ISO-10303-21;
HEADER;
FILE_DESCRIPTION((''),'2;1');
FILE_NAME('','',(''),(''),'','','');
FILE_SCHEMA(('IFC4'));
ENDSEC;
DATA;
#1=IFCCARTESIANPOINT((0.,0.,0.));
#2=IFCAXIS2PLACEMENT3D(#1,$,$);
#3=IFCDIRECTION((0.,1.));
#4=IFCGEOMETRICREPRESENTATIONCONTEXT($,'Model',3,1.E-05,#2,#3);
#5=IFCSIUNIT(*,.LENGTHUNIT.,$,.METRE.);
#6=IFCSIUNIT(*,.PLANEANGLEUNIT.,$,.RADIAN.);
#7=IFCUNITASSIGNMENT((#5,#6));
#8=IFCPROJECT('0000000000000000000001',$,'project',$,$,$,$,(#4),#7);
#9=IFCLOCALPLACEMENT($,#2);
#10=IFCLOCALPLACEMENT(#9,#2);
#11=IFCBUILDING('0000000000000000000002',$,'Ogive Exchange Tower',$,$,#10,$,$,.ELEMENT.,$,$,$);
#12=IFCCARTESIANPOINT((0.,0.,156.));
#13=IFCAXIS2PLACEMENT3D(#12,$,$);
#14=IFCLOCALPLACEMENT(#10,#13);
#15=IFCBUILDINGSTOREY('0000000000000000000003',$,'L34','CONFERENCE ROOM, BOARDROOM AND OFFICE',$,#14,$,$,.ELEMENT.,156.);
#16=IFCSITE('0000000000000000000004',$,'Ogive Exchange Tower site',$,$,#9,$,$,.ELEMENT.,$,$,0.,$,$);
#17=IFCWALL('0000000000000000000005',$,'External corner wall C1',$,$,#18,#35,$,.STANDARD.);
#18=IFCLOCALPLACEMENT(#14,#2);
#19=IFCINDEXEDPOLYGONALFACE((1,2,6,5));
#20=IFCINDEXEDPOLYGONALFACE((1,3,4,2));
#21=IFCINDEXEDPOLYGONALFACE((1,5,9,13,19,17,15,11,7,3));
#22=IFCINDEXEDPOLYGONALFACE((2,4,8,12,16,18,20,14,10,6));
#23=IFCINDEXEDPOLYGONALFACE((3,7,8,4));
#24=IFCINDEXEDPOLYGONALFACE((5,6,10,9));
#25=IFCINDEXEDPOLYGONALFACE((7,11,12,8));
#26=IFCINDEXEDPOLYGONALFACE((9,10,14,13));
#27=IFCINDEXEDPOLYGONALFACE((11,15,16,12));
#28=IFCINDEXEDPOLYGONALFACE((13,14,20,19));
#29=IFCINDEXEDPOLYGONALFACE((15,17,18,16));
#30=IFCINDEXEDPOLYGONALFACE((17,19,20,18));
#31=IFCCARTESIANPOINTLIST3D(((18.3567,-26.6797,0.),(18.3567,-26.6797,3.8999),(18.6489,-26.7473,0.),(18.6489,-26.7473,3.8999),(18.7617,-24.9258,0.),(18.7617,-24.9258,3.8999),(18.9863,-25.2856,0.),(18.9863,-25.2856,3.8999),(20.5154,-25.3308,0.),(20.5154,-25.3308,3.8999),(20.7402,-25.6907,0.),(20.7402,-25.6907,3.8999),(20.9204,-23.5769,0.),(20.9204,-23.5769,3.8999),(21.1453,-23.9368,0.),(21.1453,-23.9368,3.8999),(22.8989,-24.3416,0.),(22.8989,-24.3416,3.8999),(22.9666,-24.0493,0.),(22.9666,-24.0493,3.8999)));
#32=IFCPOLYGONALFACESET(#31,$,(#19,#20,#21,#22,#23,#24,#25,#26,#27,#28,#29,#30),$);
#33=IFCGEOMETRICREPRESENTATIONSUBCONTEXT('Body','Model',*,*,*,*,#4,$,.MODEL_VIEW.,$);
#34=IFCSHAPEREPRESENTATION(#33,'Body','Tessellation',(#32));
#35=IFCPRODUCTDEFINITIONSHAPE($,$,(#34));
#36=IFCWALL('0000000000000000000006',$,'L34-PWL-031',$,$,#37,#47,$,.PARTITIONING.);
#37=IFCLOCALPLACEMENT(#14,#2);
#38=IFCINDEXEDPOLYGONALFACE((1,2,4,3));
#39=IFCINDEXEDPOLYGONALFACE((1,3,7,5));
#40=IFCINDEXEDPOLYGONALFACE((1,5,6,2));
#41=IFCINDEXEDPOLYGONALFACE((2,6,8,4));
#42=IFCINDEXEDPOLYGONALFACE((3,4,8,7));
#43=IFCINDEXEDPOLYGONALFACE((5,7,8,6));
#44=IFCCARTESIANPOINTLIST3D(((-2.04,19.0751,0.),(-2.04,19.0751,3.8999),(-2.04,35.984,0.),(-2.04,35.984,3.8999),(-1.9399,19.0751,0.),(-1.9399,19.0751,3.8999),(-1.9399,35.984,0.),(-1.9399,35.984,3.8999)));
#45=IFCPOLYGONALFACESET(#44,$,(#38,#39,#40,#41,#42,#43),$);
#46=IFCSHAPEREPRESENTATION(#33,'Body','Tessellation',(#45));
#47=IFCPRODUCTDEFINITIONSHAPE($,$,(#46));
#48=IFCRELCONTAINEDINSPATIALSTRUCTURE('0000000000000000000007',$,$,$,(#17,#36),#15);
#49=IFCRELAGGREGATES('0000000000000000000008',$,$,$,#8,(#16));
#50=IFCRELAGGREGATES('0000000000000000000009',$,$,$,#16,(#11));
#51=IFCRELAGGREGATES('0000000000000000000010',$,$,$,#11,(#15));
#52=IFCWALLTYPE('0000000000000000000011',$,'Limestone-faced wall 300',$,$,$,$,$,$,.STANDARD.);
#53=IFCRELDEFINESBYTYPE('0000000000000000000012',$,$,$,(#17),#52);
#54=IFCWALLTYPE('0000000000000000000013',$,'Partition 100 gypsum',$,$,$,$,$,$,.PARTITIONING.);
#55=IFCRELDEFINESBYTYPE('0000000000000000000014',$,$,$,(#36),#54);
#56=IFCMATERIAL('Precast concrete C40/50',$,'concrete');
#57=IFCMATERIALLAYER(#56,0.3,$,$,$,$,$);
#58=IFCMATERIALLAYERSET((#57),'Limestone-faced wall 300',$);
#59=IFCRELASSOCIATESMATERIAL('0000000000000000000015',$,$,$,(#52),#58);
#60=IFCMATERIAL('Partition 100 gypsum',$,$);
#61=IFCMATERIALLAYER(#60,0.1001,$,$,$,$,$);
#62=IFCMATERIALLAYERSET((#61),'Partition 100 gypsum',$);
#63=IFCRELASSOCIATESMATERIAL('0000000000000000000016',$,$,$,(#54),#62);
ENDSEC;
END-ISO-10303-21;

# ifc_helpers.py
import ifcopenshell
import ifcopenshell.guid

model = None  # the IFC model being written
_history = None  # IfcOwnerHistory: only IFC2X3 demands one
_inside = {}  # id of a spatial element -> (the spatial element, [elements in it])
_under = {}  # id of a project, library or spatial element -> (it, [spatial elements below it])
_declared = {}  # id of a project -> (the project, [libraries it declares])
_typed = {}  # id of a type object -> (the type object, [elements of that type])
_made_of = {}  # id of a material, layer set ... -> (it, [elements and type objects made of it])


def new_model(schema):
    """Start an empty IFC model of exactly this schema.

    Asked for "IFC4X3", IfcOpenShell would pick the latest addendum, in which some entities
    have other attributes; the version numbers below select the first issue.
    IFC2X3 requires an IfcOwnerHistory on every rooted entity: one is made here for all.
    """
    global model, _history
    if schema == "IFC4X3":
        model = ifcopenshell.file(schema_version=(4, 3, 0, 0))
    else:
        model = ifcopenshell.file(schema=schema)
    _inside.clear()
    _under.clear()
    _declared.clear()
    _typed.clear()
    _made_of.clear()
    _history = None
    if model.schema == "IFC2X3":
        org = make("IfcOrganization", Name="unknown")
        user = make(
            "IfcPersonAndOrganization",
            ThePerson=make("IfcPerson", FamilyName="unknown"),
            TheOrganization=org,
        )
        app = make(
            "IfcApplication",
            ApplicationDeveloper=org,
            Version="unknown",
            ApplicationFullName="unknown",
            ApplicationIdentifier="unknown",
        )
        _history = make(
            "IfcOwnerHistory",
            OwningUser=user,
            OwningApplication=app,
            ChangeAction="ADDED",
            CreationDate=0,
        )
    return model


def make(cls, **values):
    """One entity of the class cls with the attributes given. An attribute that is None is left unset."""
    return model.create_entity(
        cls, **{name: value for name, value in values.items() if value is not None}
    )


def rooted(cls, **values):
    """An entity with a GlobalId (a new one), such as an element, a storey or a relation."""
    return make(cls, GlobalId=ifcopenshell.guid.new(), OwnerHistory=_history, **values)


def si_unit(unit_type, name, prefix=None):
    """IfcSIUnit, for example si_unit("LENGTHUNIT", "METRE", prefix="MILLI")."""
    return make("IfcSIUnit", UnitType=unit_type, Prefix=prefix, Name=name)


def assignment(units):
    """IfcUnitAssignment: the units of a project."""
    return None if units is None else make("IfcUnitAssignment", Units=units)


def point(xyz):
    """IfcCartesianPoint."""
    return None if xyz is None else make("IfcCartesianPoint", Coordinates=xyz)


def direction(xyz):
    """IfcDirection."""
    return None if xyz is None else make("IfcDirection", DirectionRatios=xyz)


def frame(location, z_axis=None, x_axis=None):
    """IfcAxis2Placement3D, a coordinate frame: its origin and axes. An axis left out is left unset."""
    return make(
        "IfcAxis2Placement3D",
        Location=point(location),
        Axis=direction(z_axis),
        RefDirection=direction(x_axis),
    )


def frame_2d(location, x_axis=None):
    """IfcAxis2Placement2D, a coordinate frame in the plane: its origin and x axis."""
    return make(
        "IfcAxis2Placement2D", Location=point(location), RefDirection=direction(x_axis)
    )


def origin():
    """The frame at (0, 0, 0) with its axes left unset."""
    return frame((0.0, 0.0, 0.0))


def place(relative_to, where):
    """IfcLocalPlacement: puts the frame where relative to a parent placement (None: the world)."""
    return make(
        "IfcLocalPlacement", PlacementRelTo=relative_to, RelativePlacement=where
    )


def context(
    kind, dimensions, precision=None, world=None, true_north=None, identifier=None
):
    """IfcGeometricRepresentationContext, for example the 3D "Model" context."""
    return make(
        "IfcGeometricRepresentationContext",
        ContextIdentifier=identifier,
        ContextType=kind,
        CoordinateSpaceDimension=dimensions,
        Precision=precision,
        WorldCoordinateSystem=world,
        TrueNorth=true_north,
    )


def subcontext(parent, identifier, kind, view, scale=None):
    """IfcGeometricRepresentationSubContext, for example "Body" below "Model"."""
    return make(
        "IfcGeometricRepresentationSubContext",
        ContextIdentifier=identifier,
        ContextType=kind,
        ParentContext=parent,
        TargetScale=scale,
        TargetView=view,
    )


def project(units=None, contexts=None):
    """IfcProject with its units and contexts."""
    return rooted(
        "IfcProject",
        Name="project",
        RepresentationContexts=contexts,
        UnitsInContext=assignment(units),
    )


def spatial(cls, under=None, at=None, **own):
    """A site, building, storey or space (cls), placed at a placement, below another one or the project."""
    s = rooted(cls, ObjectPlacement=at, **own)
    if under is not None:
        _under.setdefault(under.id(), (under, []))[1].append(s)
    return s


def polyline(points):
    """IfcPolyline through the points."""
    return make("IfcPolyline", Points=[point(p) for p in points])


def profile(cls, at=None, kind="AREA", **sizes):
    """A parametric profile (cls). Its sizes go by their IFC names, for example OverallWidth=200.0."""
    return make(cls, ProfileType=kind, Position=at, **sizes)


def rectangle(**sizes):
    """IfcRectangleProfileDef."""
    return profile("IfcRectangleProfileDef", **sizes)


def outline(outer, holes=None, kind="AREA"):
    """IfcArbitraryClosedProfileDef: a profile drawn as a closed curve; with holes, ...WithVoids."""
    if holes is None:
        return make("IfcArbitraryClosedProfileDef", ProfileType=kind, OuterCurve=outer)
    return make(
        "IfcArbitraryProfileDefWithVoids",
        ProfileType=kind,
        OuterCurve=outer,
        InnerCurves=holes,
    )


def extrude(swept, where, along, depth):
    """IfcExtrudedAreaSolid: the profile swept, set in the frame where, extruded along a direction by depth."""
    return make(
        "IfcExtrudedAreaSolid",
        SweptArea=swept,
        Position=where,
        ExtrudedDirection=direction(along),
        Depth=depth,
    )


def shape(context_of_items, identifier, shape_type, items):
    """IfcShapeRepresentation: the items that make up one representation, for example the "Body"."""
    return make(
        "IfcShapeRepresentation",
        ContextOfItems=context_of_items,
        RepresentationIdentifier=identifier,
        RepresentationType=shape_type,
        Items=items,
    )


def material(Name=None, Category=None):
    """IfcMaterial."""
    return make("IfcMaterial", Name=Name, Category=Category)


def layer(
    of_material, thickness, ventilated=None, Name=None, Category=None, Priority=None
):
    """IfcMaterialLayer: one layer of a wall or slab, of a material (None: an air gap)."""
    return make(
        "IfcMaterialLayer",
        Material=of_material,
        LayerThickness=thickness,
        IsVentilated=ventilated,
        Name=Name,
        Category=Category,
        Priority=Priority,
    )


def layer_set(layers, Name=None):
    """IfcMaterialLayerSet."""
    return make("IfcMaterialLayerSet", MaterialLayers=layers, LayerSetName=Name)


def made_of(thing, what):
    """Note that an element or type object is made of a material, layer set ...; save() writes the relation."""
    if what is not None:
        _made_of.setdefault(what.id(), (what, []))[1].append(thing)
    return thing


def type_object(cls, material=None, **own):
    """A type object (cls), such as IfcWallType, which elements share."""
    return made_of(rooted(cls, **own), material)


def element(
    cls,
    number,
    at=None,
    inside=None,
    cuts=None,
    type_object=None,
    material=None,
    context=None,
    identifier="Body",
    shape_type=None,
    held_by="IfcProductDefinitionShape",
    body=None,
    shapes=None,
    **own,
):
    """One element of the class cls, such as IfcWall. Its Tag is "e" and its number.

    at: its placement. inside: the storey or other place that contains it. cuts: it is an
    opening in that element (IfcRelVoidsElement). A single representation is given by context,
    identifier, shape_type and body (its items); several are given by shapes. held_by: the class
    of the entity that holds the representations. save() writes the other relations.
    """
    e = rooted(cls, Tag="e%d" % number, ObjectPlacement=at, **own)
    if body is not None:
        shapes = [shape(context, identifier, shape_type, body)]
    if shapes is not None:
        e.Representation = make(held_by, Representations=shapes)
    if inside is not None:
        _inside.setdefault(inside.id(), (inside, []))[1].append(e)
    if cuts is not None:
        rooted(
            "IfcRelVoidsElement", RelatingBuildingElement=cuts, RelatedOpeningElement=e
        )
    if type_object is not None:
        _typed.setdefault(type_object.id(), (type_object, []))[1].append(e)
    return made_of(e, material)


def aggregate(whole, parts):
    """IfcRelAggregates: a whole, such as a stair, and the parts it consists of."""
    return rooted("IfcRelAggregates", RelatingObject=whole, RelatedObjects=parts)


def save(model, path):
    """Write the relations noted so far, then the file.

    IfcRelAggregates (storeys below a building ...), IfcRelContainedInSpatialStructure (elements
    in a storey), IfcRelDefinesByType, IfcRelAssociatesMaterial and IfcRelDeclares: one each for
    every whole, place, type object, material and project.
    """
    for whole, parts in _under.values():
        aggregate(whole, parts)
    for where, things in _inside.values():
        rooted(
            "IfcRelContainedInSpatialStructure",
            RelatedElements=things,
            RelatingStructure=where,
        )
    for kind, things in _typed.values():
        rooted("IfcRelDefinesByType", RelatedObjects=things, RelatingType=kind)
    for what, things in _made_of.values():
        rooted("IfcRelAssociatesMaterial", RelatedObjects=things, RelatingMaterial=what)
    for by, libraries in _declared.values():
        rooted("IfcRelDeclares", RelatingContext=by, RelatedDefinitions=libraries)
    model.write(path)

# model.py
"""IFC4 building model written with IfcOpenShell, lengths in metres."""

from ifc_helpers import new_model, si_unit, direction, frame, frame_2d, origin, place, context, subcontext, project, spatial, polyline, rectangle, outline, extrude, material, layer, layer_set, type_object, element, save


model = new_model("IFC4")

# Units and contexts
model_context = context("Model", 3, precision=1e-05, world=origin(), true_north=direction((0.0, 1.0)))
body_context = subcontext(model_context, "Body", "Model", "MODEL_VIEW")
ifc_project = project(units=[si_unit("LENGTHUNIT", "METRE"), si_unit("PLANEANGLEUNIT", "RADIAN")], contexts=[model_context])

# Site, building, storey
site_placement = place(None, origin())
site = spatial("IfcSite", under=ifc_project, at=site_placement, Name="Ogive Exchange Tower site", CompositionType="ELEMENT", RefElevation=0.0)
building_placement = place(site_placement, origin())
building = spatial("IfcBuilding", under=site, at=building_placement, Name="Ogive Exchange Tower", CompositionType="ELEMENT")
storey_placement = place(building_placement, frame((0.0, 0.0, 156.0)))
storey = spatial("IfcBuildingStorey", under=building, at=storey_placement, Name="L34", Description="CONFERENCE ROOM, BOARDROOM AND OFFICE", CompositionType="ELEMENT", Elevation=156.0)

# Walls
ifc_material_1 = material(Name="Precast concrete C40/50", Category="concrete")
ifc_layer_1 = layer(ifc_material_1, 0.3)
ifc_layer_set_1 = layer_set([ifc_layer_1], Name="Limestone-faced wall 300")
wall_type_1 = type_object("IfcWallType", Name="Limestone-faced wall 300", PredefinedType="STANDARD", material=ifc_layer_set_1)
wall_1_placement = place(storey_placement, origin())
element("IfcWall", 1, at=wall_1_placement, inside=storey, type_object=wall_type_1, Name="External corner wall C1", PredefinedType="STANDARD", context=body_context, shape_type="SweptSolid", body=[
    extrude(outline(polyline([(20.5154, -25.3308), (20.9204, -23.5769), (22.9666, -24.0493), (22.8989, -24.3416), (21.1453, -23.9368), (20.7402, -25.6907), (18.9863, -25.2856), (18.6489, -26.7473), (18.3567, -26.6797), (18.7617, -24.9258), (20.5154, -25.3308)])), origin(), (0.0, 0.0, 1.0), 3.8999),
])
ifc_material_2 = material(Name="Partition 100 gypsum")
ifc_layer_2 = layer(ifc_material_2, 0.1001)
ifc_layer_set_2 = layer_set([ifc_layer_2], Name="Partition 100 gypsum")
wall_type_2 = type_object("IfcWallType", Name="Partition 100 gypsum", PredefinedType="PARTITIONING", material=ifc_layer_set_2)
wall_2_placement = place(storey_placement, frame((-1.99, 19.075, 0.0), z_axis=(0.0, 0.0, 1.0), x_axis=(0.0, 1.0, 0.0)))
element("IfcWall", 2, at=wall_2_placement, inside=storey, type_object=wall_type_2, Name="L34-PWL-031", PredefinedType="PARTITIONING", context=body_context, shape_type="SweptSolid", body=[
    extrude(rectangle(XDim=16.9089, YDim=0.1001, at=frame_2d((8.4546, 0.0))), origin(), (0.0, 0.0, 1.0), 3.8999),
])

save(model, "model.ifc")
